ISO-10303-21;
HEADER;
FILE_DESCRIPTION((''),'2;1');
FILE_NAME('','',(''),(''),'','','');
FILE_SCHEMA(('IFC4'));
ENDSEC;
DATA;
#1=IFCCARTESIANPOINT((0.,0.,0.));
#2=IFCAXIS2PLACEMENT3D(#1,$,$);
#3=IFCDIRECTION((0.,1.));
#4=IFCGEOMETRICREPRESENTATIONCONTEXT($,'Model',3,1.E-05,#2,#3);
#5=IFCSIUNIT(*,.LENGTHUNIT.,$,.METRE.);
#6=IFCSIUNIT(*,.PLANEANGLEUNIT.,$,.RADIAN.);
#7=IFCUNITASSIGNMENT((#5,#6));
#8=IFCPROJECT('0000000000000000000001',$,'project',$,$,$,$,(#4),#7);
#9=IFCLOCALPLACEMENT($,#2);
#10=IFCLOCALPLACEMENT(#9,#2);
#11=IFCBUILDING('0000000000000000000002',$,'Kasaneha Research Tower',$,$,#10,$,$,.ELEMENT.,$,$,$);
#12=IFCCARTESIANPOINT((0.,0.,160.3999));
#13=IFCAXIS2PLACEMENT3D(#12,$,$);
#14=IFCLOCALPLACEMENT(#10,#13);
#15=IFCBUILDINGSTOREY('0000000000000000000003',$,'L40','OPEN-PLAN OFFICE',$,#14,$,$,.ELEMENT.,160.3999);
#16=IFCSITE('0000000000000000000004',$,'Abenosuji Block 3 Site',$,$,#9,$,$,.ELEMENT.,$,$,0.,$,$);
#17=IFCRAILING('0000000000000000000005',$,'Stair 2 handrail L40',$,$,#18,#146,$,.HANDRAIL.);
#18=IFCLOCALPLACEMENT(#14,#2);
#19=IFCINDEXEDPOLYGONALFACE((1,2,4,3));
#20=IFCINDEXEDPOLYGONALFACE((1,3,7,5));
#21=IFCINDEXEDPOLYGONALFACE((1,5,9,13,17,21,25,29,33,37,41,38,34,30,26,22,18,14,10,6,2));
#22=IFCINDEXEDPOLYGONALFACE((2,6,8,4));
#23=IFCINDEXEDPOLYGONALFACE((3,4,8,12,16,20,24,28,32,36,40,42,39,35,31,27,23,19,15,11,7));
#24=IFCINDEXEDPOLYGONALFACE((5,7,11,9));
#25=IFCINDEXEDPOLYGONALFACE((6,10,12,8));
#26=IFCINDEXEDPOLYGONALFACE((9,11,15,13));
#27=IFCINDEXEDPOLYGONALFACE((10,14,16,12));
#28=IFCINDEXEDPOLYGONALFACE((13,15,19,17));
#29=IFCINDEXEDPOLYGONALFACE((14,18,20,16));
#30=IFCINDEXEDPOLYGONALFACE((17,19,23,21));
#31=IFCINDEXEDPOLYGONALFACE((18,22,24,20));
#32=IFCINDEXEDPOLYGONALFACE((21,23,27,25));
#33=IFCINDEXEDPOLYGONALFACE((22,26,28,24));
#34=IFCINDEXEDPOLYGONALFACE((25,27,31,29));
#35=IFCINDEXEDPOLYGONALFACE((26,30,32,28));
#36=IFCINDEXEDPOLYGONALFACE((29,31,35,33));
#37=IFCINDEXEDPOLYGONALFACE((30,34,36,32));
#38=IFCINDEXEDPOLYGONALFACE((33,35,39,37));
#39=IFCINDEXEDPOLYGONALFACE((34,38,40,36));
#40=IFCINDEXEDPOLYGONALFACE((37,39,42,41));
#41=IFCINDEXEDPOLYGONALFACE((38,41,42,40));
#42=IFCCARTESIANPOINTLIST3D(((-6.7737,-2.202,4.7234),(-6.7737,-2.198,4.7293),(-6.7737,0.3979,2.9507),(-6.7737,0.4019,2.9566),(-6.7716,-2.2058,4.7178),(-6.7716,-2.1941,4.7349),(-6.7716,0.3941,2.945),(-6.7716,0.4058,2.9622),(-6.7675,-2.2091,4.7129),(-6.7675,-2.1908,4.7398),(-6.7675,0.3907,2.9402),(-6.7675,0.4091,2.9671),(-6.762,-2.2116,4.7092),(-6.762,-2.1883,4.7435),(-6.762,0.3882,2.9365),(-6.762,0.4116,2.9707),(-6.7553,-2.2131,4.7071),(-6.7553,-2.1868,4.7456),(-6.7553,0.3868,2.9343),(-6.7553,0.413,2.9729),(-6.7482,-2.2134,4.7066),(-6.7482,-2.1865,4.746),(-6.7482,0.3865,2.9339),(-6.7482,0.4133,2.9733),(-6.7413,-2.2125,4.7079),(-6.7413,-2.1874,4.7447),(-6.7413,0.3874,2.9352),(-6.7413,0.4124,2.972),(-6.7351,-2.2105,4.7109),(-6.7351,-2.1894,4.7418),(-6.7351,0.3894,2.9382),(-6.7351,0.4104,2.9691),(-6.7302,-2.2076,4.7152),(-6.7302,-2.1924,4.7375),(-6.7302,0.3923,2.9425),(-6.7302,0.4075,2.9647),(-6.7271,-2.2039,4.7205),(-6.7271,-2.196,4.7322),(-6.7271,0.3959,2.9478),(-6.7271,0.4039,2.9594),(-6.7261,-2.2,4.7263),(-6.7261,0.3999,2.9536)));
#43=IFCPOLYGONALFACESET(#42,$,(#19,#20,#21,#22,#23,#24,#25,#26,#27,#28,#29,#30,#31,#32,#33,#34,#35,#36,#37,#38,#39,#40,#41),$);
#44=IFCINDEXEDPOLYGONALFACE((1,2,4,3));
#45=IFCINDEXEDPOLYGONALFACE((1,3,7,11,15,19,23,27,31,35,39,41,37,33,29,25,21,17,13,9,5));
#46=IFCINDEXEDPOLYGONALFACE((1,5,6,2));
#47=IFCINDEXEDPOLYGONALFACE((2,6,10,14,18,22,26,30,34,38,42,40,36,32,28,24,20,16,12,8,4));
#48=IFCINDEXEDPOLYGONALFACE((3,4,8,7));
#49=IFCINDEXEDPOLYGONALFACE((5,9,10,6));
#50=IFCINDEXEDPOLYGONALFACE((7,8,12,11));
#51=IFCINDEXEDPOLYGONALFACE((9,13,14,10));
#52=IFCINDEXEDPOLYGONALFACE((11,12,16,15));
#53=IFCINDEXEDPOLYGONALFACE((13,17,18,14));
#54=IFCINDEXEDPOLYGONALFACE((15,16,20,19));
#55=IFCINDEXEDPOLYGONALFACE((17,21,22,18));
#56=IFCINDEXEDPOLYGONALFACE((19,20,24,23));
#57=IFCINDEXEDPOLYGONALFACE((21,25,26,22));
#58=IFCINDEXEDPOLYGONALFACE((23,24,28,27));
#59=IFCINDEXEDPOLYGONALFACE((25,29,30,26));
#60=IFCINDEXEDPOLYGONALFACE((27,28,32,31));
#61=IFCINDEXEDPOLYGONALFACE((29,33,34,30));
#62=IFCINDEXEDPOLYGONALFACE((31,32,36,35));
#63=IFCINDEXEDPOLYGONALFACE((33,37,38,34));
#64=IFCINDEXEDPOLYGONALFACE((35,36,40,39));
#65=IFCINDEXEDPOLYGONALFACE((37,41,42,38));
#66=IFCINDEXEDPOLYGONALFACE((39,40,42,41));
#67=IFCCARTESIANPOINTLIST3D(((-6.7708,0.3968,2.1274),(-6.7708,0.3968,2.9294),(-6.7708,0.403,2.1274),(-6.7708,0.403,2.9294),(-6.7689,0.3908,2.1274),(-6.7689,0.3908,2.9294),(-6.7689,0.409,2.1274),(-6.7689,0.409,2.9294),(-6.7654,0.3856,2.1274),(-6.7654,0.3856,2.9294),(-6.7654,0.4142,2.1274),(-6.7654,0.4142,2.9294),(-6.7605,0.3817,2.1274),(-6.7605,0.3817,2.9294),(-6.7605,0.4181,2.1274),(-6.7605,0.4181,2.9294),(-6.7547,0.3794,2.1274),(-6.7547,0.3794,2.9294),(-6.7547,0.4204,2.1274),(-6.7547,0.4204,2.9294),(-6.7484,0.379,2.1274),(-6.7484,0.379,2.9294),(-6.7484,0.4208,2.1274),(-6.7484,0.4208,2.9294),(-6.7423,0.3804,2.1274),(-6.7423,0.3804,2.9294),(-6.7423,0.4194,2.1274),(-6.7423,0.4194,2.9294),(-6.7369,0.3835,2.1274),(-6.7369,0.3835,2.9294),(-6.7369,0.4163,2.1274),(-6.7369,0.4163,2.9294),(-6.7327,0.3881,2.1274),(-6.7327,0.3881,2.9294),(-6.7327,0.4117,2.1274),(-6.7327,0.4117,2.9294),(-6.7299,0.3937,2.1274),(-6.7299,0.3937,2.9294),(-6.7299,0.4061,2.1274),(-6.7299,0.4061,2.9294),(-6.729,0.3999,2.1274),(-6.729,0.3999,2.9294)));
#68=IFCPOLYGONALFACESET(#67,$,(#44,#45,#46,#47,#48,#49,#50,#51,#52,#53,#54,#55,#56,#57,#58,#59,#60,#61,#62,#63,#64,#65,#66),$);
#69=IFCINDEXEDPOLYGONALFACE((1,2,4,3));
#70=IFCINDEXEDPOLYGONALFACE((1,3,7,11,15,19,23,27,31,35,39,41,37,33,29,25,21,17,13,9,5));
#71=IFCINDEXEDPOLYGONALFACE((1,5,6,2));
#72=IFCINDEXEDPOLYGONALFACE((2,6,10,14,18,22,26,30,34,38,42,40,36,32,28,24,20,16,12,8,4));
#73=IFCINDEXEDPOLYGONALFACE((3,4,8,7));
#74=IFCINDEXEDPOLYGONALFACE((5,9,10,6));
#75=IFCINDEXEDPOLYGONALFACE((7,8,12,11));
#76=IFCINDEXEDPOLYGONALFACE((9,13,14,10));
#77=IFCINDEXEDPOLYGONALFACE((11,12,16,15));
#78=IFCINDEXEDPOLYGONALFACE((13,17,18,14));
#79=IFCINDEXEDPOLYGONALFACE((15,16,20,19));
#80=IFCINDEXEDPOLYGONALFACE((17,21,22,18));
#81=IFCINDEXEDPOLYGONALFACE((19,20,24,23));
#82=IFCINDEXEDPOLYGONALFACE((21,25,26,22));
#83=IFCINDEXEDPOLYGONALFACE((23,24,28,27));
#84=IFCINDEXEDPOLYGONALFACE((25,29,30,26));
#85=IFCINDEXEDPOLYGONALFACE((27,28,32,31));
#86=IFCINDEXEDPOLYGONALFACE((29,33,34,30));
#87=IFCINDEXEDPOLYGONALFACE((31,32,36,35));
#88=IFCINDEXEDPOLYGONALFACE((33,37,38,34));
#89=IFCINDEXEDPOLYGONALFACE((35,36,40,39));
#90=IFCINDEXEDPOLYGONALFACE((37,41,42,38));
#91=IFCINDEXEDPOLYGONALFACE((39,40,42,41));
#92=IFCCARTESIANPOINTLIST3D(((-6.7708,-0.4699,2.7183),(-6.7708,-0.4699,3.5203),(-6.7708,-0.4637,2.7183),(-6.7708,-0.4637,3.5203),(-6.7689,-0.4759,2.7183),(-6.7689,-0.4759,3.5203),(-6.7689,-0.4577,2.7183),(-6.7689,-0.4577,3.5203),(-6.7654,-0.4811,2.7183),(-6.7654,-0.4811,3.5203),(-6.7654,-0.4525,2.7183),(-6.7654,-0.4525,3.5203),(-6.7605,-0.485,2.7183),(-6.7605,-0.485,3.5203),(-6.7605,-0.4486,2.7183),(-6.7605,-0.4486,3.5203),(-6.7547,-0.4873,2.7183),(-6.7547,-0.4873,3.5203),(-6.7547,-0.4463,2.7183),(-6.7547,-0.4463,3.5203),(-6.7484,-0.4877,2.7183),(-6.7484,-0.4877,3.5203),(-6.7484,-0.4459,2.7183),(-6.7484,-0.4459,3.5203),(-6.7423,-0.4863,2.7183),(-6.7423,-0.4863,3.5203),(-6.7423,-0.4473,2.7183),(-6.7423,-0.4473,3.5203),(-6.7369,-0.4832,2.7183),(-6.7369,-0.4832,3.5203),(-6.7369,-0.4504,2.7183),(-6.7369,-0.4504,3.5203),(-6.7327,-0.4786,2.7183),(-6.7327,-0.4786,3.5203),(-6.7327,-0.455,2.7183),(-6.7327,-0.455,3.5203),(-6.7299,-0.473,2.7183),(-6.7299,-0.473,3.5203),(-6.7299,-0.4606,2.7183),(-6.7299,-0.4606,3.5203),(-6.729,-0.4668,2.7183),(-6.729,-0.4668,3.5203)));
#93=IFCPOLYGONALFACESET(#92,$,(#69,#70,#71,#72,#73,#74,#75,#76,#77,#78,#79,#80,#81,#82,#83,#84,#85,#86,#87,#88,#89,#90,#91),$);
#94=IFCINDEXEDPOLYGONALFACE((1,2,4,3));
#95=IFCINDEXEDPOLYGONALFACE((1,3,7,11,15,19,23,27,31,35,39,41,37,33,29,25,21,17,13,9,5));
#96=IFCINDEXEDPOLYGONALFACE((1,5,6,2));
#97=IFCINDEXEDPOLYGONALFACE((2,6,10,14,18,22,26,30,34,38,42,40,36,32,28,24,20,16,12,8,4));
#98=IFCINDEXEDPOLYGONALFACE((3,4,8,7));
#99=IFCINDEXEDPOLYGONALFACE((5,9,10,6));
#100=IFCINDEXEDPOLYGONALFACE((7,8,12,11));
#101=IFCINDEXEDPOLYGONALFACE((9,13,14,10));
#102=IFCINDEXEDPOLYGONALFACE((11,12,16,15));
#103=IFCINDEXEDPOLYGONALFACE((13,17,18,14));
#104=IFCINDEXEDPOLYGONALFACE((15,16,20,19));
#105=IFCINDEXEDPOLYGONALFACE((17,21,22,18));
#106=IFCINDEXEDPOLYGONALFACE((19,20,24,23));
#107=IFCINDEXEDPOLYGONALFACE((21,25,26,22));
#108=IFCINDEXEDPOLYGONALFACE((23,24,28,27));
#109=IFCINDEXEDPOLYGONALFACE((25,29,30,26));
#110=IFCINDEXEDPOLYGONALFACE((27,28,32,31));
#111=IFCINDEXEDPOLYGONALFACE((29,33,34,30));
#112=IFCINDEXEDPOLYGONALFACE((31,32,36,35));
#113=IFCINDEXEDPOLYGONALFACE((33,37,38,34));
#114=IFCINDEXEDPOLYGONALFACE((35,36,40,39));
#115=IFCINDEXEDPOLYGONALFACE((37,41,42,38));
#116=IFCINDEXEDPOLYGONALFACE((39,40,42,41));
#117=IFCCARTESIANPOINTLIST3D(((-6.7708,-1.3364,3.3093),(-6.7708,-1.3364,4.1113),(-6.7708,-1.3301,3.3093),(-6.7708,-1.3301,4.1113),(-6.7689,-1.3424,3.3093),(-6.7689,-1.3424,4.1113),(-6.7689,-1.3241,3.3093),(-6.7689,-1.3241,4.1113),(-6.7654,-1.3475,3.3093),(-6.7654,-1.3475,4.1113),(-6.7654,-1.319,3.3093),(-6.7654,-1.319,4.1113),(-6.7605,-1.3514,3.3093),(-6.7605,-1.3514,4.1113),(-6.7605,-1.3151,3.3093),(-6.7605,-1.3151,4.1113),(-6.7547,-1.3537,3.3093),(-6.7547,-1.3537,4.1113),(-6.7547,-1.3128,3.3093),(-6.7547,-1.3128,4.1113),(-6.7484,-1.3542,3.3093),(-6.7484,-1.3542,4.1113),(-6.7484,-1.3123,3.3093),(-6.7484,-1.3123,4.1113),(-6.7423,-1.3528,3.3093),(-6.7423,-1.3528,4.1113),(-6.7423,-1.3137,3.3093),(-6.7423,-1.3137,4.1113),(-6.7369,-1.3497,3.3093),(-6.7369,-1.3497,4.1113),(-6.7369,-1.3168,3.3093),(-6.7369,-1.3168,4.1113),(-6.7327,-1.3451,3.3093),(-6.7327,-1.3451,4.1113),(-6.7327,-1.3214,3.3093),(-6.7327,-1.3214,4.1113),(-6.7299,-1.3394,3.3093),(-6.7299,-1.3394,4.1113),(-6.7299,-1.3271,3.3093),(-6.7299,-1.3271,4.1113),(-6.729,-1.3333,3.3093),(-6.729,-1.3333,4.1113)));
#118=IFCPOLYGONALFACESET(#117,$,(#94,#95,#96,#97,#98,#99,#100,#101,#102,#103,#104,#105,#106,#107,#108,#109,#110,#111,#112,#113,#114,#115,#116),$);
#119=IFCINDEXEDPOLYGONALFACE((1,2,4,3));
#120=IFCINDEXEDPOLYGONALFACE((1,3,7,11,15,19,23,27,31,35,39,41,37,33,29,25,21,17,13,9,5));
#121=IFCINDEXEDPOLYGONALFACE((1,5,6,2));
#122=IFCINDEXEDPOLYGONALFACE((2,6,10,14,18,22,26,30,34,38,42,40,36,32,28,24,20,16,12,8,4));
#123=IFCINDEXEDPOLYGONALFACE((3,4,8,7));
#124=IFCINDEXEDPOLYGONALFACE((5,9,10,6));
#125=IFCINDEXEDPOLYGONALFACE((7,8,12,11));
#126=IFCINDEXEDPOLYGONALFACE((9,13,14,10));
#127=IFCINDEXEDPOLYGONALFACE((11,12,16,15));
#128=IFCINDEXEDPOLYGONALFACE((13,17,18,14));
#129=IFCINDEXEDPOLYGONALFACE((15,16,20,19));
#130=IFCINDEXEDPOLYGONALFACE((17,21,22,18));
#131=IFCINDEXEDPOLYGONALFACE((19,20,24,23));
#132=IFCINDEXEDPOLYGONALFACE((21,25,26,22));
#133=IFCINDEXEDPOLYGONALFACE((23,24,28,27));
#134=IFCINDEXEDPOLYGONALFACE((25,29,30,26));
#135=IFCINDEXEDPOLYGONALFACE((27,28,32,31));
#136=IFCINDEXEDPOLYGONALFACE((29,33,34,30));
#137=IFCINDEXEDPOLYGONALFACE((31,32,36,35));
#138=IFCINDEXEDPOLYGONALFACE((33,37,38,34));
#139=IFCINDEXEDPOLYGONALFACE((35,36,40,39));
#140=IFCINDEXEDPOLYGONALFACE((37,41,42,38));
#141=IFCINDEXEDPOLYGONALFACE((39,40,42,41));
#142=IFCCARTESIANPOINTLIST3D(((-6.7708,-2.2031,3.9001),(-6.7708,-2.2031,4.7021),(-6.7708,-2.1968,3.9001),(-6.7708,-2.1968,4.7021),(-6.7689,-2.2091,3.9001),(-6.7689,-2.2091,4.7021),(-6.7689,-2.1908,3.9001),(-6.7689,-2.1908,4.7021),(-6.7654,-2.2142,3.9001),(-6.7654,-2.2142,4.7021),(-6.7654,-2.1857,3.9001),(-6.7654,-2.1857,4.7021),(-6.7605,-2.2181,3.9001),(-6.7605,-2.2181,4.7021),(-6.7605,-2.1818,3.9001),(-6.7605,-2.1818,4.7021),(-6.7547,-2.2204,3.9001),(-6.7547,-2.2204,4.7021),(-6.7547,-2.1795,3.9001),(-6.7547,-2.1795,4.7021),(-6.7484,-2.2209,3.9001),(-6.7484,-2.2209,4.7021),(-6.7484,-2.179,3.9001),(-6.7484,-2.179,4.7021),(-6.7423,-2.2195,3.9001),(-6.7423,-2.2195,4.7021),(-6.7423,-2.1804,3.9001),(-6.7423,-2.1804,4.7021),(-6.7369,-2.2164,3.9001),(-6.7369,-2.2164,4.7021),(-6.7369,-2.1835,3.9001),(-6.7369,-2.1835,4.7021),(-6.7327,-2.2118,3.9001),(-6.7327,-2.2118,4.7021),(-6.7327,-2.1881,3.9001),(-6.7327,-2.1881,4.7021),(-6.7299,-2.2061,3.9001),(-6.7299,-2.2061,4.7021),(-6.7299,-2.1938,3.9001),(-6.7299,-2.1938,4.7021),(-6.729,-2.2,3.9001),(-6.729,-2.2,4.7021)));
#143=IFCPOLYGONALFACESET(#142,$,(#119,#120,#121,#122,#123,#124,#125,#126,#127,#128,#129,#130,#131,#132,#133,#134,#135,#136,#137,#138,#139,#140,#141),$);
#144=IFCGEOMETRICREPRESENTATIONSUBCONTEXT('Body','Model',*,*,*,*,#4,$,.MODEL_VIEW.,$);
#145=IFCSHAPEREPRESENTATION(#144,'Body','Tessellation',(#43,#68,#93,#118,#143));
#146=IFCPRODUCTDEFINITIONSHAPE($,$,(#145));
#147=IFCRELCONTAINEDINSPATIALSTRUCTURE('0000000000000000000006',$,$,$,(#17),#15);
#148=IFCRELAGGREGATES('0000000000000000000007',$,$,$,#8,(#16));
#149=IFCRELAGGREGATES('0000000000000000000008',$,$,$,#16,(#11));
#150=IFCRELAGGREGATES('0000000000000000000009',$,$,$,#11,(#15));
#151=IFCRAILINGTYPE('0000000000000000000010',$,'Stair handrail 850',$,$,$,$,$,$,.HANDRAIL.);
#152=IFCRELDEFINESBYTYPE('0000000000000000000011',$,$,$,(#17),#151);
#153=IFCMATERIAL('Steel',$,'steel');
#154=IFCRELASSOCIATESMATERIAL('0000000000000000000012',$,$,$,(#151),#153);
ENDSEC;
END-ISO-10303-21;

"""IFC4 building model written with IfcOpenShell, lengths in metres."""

from ifc_helpers import new_model, si_unit, direction, frame, origin, origin_2d, place, context, subcontext, project, spatial, circle, extrude, material, type_object, element, save


model = new_model("IFC4")

# Units and contexts
model_context = context("Model", 3, precision=1e-05, world=origin(), true_north=direction((0.0, 1.0)))
body_context = subcontext(model_context, "Body", "Model", "MODEL_VIEW")
ifc_project = project(units=[si_unit("LENGTHUNIT", "METRE"), si_unit("PLANEANGLEUNIT", "RADIAN")], contexts=[model_context])

# Site, building, storey
site_placement = place(None, origin())
site = spatial("IfcSite", under=ifc_project, at=site_placement, Name="Abenosuji Block 3 Site", CompositionType="ELEMENT", RefElevation=0.0)
building_placement = place(site_placement, origin())
building = spatial("IfcBuilding", under=site, at=building_placement, Name="Kasaneha Research Tower", CompositionType="ELEMENT")
storey_placement = place(building_placement, frame((0.0, 0.0, 160.3999)))
storey = spatial("IfcBuildingStorey", under=building, at=storey_placement, Name="L40", Description="OPEN-PLAN OFFICE", CompositionType="ELEMENT", Elevation=160.3999)

# Railing
ifc_material_1 = material(Name="Steel", Category="steel")
railing_type_1 = type_object("IfcRailingType", Name="Stair handrail 850", PredefinedType="HANDRAIL", material=ifc_material_1)
railing_1_placement = place(storey_placement, frame((-6.75, 0.3999, 2.1274)))
element("IfcRailing", 1, at=railing_1_placement, inside=storey, type_object=railing_type_1, Name="Stair 2 handrail L40", PredefinedType="HANDRAIL", context=body_context, shape_type="SweptSolid", body=[
    extrude(circle(Radius=0.0239, at=origin_2d()), frame((0.0, 0.0, 0.8262), z_axis=(0.0, -0.826216, 0.563354), x_axis=(1.0, 0.0, 0.0)), (0.0, 0.0, 1.0), 3.1467),
    extrude(circle(Radius=0.021, at=origin_2d()), origin(), (0.0, 0.0, 1.0), 0.802),
    extrude(circle(Radius=0.021, at=origin_2d()), frame((0.0, -0.8667, 0.5908)), (0.0, 0.0, 1.0), 0.802),
    extrude(circle(Radius=0.021, at=origin_2d()), frame((0.0, -1.7332, 1.1819)), (0.0, 0.0, 1.0), 0.802),
    extrude(circle(Radius=0.021, at=origin_2d()), frame((0.0, -2.5999, 1.7727)), (0.0, 0.0, 1.0), 0.802),
])

save(model, "model.ifc")
